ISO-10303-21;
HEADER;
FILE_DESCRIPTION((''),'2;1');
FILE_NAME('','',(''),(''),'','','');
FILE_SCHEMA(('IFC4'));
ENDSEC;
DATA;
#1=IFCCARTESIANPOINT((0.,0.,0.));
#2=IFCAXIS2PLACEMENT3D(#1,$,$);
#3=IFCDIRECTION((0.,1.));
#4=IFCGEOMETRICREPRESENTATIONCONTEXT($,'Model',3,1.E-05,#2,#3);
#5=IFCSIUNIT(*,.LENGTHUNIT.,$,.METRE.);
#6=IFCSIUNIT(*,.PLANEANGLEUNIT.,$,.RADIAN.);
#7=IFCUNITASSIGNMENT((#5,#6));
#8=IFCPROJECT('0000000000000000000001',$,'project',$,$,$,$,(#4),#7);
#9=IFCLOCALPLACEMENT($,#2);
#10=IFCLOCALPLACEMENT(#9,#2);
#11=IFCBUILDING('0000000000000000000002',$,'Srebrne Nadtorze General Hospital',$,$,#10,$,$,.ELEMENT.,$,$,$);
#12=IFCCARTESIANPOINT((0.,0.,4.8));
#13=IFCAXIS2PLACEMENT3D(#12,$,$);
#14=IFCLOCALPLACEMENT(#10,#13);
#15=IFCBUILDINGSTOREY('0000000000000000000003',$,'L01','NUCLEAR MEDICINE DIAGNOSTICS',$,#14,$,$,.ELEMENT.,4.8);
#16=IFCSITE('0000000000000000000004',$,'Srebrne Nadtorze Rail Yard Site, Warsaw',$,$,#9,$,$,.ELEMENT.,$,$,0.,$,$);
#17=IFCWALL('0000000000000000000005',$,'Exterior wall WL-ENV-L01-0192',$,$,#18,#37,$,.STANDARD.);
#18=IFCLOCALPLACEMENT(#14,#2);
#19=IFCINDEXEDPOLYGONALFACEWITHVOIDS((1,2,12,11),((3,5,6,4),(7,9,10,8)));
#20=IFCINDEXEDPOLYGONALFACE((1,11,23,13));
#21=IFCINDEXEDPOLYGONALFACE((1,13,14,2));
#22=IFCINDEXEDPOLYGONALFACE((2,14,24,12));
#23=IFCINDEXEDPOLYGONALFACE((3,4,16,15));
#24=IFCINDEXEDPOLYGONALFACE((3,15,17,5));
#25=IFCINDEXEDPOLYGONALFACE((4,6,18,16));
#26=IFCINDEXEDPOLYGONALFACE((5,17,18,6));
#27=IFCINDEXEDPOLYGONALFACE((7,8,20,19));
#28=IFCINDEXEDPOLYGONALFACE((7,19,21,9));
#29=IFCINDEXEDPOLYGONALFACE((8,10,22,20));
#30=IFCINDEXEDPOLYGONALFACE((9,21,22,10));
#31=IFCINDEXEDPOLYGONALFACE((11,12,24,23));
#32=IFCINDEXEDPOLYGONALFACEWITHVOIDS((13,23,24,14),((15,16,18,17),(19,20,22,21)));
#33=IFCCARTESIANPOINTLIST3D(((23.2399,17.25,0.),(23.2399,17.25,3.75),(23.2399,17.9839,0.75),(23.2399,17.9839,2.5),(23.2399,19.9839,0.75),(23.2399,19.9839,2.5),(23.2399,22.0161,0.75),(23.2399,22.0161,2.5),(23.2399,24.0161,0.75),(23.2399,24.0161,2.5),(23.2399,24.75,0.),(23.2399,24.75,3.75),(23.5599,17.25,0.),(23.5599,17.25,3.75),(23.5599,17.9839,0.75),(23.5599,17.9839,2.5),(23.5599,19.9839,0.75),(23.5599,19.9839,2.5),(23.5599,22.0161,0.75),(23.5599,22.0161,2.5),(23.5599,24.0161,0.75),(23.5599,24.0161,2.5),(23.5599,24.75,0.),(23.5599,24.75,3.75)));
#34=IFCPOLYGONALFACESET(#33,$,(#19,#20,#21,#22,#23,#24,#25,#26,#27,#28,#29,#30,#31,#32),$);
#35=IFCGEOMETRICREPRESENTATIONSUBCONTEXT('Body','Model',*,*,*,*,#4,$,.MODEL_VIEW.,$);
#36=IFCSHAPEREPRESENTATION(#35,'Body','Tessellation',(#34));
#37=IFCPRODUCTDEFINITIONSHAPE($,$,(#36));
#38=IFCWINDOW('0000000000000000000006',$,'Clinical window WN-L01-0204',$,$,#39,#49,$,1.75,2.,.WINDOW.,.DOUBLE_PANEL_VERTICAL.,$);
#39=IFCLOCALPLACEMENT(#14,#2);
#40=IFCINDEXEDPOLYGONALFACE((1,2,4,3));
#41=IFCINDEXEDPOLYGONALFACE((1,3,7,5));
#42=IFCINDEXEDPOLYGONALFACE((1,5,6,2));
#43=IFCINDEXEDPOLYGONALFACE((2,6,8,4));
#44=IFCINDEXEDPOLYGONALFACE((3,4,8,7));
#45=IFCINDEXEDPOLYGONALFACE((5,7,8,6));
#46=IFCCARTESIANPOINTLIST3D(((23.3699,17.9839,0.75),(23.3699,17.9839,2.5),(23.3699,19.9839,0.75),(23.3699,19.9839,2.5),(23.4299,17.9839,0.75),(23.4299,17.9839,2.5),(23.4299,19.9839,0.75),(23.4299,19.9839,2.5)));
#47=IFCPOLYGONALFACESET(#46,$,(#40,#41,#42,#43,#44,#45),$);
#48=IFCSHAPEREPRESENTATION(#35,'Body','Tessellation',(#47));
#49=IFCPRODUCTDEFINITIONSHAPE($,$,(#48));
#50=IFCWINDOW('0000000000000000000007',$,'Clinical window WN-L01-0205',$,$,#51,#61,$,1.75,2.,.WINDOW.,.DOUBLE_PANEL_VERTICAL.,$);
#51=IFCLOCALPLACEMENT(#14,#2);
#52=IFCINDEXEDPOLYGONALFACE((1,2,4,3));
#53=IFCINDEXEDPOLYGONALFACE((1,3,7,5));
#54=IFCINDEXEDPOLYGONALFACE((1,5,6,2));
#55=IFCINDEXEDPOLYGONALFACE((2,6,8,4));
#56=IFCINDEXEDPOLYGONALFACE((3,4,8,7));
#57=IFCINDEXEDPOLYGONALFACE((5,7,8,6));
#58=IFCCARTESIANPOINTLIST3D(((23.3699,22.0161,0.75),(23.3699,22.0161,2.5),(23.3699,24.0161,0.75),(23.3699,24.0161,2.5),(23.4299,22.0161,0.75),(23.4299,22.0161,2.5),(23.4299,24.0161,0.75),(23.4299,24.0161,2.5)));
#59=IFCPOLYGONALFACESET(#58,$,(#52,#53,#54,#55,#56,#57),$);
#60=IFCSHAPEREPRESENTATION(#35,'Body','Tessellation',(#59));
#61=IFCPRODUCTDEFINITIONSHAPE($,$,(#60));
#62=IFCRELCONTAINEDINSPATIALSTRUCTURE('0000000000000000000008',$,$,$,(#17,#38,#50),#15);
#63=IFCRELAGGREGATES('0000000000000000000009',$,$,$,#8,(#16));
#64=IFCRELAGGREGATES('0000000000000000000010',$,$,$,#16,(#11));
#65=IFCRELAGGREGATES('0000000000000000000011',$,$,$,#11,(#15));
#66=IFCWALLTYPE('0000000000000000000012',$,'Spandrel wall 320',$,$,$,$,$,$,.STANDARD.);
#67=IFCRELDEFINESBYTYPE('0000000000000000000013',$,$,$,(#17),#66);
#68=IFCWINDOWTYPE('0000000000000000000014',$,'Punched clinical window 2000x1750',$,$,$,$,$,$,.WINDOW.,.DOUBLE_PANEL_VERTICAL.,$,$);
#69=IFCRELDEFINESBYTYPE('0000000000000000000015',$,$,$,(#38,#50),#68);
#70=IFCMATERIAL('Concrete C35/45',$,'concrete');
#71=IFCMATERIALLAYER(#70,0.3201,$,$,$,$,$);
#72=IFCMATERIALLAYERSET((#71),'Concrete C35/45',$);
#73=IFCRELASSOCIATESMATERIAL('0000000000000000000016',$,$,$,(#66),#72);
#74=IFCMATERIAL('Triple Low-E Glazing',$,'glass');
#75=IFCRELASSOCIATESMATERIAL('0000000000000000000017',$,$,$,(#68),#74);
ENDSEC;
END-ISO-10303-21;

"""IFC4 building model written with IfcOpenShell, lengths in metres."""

from ifc_helpers import new_model, si_unit, direction, frame, frame_2d, origin, place, context, subcontext, project, spatial, rectangle, extrude, material, layer, layer_set, type_object, element, fill, save


model = new_model("IFC4")

# Units and contexts
model_context = context("Model", 3, precision=1e-05, world=origin(), true_north=direction((0.0, 1.0)))
body_context = subcontext(model_context, "Body", "Model", "MODEL_VIEW")
ifc_project = project(units=[si_unit("LENGTHUNIT", "METRE"), si_unit("PLANEANGLEUNIT", "RADIAN")], contexts=[model_context])

# Site, building, storey
site_placement = place(None, origin())
site = spatial("IfcSite", under=ifc_project, at=site_placement, Name="Srebrne Nadtorze Rail Yard Site, Warsaw", CompositionType="ELEMENT", RefElevation=0.0)
building_placement = place(site_placement, origin())
building = spatial("IfcBuilding", under=site, at=building_placement, Name="Srebrne Nadtorze General Hospital", CompositionType="ELEMENT")
storey_placement = place(building_placement, frame((0.0, 0.0, 4.8)))
storey = spatial("IfcBuildingStorey", under=building, at=storey_placement, Name="L01", Description="NUCLEAR MEDICINE DIAGNOSTICS", CompositionType="ELEMENT", Elevation=4.8)

# Wall, openings, windows
ifc_material_1 = material(Name="Concrete C35/45", Category="concrete")
ifc_layer_1 = layer(ifc_material_1, 0.3201)
ifc_layer_set_1 = layer_set([ifc_layer_1], Name="Concrete C35/45")
wall_type_1 = type_object("IfcWallType", Name="Spandrel wall 320", PredefinedType="STANDARD", material=ifc_layer_set_1)
wall_1_placement = place(storey_placement, frame((23.3999, 17.25, 0.0), z_axis=(0.0, 0.0, 1.0), x_axis=(0.0, 1.0, 0.0)))
wall_1 = element("IfcWall", 1, at=wall_1_placement, inside=storey, type_object=wall_type_1, Name="Exterior wall WL-ENV-L01-0192", PredefinedType="STANDARD", context=body_context, shape_type="SweptSolid", body=[
    extrude(rectangle(XDim=7.5, YDim=0.3201, at=frame_2d((3.75, 0.0))), origin(), (0.0, 0.0, 1.0), 3.75),
])
opening_1_placement = place(wall_1_placement, frame((0.7339, 0.0, 0.75)))
opening_1 = element("IfcOpeningElement", 2, at=opening_1_placement, cuts=wall_1, PredefinedType="OPENING", context=body_context, shape_type="SweptSolid", body=[
    extrude(rectangle(XDim=2.0, YDim=1.75, at=frame_2d((1.0, 0.875))), frame((0.0, 0.1719, 0.0), z_axis=(0.0, -1.0, 0.0), x_axis=(1.0, 0.0, 0.0)), (0.0, 0.0, 1.0), 0.344),
])
opening_2_placement = place(wall_1_placement, frame((4.7661, 0.0, 0.75)))
opening_2 = element("IfcOpeningElement", 3, at=opening_2_placement, cuts=wall_1, PredefinedType="OPENING", context=body_context, shape_type="SweptSolid", body=[
    extrude(rectangle(XDim=2.0, YDim=1.75, at=frame_2d((1.0, 0.875))), frame((0.0, 0.1719, 0.0), z_axis=(0.0, -1.0, 0.0), x_axis=(1.0, 0.0, 0.0)), (0.0, 0.0, 1.0), 0.344),
])
ifc_material_2 = material(Name="Triple Low-E Glazing", Category="glass")
window_type_1 = type_object("IfcWindowType", Name="Punched clinical window 2000x1750", PartitioningType="DOUBLE_PANEL_VERTICAL", PredefinedType="WINDOW", material=ifc_material_2)
window_1_placement = place(opening_1_placement, origin())
window_1 = element("IfcWindow", 4, at=window_1_placement, inside=storey, type_object=window_type_1, Name="Clinical window WN-L01-0204", OverallHeight=1.75, OverallWidth=2.0, PartitioningType="DOUBLE_PANEL_VERTICAL", PredefinedType="WINDOW", context=body_context, shape_type="SweptSolid", body=[
    extrude(rectangle(XDim=2.0, YDim=1.75, at=frame_2d((1.0, 0.875))), frame((0.0, 0.03, 0.0), z_axis=(0.0, -1.0, 0.0), x_axis=(1.0, 0.0, 0.0)), (0.0, 0.0, 1.0), 0.0601),
])
fill(opening_1, window_1)
window_2_placement = place(opening_2_placement, origin())
window_2 = element("IfcWindow", 5, at=window_2_placement, inside=storey, type_object=window_type_1, Name="Clinical window WN-L01-0205", OverallHeight=1.75, OverallWidth=2.0, PartitioningType="DOUBLE_PANEL_VERTICAL", PredefinedType="WINDOW", context=body_context, shape_type="SweptSolid", body=[
    extrude(rectangle(XDim=2.0, YDim=1.75, at=frame_2d((1.0, 0.875))), frame((0.0, 0.03, 0.0), z_axis=(0.0, -1.0, 0.0), x_axis=(1.0, 0.0, 0.0)), (0.0, 0.0, 1.0), 0.0601),
])
fill(opening_2, window_2)

save(model, "model.ifc")
